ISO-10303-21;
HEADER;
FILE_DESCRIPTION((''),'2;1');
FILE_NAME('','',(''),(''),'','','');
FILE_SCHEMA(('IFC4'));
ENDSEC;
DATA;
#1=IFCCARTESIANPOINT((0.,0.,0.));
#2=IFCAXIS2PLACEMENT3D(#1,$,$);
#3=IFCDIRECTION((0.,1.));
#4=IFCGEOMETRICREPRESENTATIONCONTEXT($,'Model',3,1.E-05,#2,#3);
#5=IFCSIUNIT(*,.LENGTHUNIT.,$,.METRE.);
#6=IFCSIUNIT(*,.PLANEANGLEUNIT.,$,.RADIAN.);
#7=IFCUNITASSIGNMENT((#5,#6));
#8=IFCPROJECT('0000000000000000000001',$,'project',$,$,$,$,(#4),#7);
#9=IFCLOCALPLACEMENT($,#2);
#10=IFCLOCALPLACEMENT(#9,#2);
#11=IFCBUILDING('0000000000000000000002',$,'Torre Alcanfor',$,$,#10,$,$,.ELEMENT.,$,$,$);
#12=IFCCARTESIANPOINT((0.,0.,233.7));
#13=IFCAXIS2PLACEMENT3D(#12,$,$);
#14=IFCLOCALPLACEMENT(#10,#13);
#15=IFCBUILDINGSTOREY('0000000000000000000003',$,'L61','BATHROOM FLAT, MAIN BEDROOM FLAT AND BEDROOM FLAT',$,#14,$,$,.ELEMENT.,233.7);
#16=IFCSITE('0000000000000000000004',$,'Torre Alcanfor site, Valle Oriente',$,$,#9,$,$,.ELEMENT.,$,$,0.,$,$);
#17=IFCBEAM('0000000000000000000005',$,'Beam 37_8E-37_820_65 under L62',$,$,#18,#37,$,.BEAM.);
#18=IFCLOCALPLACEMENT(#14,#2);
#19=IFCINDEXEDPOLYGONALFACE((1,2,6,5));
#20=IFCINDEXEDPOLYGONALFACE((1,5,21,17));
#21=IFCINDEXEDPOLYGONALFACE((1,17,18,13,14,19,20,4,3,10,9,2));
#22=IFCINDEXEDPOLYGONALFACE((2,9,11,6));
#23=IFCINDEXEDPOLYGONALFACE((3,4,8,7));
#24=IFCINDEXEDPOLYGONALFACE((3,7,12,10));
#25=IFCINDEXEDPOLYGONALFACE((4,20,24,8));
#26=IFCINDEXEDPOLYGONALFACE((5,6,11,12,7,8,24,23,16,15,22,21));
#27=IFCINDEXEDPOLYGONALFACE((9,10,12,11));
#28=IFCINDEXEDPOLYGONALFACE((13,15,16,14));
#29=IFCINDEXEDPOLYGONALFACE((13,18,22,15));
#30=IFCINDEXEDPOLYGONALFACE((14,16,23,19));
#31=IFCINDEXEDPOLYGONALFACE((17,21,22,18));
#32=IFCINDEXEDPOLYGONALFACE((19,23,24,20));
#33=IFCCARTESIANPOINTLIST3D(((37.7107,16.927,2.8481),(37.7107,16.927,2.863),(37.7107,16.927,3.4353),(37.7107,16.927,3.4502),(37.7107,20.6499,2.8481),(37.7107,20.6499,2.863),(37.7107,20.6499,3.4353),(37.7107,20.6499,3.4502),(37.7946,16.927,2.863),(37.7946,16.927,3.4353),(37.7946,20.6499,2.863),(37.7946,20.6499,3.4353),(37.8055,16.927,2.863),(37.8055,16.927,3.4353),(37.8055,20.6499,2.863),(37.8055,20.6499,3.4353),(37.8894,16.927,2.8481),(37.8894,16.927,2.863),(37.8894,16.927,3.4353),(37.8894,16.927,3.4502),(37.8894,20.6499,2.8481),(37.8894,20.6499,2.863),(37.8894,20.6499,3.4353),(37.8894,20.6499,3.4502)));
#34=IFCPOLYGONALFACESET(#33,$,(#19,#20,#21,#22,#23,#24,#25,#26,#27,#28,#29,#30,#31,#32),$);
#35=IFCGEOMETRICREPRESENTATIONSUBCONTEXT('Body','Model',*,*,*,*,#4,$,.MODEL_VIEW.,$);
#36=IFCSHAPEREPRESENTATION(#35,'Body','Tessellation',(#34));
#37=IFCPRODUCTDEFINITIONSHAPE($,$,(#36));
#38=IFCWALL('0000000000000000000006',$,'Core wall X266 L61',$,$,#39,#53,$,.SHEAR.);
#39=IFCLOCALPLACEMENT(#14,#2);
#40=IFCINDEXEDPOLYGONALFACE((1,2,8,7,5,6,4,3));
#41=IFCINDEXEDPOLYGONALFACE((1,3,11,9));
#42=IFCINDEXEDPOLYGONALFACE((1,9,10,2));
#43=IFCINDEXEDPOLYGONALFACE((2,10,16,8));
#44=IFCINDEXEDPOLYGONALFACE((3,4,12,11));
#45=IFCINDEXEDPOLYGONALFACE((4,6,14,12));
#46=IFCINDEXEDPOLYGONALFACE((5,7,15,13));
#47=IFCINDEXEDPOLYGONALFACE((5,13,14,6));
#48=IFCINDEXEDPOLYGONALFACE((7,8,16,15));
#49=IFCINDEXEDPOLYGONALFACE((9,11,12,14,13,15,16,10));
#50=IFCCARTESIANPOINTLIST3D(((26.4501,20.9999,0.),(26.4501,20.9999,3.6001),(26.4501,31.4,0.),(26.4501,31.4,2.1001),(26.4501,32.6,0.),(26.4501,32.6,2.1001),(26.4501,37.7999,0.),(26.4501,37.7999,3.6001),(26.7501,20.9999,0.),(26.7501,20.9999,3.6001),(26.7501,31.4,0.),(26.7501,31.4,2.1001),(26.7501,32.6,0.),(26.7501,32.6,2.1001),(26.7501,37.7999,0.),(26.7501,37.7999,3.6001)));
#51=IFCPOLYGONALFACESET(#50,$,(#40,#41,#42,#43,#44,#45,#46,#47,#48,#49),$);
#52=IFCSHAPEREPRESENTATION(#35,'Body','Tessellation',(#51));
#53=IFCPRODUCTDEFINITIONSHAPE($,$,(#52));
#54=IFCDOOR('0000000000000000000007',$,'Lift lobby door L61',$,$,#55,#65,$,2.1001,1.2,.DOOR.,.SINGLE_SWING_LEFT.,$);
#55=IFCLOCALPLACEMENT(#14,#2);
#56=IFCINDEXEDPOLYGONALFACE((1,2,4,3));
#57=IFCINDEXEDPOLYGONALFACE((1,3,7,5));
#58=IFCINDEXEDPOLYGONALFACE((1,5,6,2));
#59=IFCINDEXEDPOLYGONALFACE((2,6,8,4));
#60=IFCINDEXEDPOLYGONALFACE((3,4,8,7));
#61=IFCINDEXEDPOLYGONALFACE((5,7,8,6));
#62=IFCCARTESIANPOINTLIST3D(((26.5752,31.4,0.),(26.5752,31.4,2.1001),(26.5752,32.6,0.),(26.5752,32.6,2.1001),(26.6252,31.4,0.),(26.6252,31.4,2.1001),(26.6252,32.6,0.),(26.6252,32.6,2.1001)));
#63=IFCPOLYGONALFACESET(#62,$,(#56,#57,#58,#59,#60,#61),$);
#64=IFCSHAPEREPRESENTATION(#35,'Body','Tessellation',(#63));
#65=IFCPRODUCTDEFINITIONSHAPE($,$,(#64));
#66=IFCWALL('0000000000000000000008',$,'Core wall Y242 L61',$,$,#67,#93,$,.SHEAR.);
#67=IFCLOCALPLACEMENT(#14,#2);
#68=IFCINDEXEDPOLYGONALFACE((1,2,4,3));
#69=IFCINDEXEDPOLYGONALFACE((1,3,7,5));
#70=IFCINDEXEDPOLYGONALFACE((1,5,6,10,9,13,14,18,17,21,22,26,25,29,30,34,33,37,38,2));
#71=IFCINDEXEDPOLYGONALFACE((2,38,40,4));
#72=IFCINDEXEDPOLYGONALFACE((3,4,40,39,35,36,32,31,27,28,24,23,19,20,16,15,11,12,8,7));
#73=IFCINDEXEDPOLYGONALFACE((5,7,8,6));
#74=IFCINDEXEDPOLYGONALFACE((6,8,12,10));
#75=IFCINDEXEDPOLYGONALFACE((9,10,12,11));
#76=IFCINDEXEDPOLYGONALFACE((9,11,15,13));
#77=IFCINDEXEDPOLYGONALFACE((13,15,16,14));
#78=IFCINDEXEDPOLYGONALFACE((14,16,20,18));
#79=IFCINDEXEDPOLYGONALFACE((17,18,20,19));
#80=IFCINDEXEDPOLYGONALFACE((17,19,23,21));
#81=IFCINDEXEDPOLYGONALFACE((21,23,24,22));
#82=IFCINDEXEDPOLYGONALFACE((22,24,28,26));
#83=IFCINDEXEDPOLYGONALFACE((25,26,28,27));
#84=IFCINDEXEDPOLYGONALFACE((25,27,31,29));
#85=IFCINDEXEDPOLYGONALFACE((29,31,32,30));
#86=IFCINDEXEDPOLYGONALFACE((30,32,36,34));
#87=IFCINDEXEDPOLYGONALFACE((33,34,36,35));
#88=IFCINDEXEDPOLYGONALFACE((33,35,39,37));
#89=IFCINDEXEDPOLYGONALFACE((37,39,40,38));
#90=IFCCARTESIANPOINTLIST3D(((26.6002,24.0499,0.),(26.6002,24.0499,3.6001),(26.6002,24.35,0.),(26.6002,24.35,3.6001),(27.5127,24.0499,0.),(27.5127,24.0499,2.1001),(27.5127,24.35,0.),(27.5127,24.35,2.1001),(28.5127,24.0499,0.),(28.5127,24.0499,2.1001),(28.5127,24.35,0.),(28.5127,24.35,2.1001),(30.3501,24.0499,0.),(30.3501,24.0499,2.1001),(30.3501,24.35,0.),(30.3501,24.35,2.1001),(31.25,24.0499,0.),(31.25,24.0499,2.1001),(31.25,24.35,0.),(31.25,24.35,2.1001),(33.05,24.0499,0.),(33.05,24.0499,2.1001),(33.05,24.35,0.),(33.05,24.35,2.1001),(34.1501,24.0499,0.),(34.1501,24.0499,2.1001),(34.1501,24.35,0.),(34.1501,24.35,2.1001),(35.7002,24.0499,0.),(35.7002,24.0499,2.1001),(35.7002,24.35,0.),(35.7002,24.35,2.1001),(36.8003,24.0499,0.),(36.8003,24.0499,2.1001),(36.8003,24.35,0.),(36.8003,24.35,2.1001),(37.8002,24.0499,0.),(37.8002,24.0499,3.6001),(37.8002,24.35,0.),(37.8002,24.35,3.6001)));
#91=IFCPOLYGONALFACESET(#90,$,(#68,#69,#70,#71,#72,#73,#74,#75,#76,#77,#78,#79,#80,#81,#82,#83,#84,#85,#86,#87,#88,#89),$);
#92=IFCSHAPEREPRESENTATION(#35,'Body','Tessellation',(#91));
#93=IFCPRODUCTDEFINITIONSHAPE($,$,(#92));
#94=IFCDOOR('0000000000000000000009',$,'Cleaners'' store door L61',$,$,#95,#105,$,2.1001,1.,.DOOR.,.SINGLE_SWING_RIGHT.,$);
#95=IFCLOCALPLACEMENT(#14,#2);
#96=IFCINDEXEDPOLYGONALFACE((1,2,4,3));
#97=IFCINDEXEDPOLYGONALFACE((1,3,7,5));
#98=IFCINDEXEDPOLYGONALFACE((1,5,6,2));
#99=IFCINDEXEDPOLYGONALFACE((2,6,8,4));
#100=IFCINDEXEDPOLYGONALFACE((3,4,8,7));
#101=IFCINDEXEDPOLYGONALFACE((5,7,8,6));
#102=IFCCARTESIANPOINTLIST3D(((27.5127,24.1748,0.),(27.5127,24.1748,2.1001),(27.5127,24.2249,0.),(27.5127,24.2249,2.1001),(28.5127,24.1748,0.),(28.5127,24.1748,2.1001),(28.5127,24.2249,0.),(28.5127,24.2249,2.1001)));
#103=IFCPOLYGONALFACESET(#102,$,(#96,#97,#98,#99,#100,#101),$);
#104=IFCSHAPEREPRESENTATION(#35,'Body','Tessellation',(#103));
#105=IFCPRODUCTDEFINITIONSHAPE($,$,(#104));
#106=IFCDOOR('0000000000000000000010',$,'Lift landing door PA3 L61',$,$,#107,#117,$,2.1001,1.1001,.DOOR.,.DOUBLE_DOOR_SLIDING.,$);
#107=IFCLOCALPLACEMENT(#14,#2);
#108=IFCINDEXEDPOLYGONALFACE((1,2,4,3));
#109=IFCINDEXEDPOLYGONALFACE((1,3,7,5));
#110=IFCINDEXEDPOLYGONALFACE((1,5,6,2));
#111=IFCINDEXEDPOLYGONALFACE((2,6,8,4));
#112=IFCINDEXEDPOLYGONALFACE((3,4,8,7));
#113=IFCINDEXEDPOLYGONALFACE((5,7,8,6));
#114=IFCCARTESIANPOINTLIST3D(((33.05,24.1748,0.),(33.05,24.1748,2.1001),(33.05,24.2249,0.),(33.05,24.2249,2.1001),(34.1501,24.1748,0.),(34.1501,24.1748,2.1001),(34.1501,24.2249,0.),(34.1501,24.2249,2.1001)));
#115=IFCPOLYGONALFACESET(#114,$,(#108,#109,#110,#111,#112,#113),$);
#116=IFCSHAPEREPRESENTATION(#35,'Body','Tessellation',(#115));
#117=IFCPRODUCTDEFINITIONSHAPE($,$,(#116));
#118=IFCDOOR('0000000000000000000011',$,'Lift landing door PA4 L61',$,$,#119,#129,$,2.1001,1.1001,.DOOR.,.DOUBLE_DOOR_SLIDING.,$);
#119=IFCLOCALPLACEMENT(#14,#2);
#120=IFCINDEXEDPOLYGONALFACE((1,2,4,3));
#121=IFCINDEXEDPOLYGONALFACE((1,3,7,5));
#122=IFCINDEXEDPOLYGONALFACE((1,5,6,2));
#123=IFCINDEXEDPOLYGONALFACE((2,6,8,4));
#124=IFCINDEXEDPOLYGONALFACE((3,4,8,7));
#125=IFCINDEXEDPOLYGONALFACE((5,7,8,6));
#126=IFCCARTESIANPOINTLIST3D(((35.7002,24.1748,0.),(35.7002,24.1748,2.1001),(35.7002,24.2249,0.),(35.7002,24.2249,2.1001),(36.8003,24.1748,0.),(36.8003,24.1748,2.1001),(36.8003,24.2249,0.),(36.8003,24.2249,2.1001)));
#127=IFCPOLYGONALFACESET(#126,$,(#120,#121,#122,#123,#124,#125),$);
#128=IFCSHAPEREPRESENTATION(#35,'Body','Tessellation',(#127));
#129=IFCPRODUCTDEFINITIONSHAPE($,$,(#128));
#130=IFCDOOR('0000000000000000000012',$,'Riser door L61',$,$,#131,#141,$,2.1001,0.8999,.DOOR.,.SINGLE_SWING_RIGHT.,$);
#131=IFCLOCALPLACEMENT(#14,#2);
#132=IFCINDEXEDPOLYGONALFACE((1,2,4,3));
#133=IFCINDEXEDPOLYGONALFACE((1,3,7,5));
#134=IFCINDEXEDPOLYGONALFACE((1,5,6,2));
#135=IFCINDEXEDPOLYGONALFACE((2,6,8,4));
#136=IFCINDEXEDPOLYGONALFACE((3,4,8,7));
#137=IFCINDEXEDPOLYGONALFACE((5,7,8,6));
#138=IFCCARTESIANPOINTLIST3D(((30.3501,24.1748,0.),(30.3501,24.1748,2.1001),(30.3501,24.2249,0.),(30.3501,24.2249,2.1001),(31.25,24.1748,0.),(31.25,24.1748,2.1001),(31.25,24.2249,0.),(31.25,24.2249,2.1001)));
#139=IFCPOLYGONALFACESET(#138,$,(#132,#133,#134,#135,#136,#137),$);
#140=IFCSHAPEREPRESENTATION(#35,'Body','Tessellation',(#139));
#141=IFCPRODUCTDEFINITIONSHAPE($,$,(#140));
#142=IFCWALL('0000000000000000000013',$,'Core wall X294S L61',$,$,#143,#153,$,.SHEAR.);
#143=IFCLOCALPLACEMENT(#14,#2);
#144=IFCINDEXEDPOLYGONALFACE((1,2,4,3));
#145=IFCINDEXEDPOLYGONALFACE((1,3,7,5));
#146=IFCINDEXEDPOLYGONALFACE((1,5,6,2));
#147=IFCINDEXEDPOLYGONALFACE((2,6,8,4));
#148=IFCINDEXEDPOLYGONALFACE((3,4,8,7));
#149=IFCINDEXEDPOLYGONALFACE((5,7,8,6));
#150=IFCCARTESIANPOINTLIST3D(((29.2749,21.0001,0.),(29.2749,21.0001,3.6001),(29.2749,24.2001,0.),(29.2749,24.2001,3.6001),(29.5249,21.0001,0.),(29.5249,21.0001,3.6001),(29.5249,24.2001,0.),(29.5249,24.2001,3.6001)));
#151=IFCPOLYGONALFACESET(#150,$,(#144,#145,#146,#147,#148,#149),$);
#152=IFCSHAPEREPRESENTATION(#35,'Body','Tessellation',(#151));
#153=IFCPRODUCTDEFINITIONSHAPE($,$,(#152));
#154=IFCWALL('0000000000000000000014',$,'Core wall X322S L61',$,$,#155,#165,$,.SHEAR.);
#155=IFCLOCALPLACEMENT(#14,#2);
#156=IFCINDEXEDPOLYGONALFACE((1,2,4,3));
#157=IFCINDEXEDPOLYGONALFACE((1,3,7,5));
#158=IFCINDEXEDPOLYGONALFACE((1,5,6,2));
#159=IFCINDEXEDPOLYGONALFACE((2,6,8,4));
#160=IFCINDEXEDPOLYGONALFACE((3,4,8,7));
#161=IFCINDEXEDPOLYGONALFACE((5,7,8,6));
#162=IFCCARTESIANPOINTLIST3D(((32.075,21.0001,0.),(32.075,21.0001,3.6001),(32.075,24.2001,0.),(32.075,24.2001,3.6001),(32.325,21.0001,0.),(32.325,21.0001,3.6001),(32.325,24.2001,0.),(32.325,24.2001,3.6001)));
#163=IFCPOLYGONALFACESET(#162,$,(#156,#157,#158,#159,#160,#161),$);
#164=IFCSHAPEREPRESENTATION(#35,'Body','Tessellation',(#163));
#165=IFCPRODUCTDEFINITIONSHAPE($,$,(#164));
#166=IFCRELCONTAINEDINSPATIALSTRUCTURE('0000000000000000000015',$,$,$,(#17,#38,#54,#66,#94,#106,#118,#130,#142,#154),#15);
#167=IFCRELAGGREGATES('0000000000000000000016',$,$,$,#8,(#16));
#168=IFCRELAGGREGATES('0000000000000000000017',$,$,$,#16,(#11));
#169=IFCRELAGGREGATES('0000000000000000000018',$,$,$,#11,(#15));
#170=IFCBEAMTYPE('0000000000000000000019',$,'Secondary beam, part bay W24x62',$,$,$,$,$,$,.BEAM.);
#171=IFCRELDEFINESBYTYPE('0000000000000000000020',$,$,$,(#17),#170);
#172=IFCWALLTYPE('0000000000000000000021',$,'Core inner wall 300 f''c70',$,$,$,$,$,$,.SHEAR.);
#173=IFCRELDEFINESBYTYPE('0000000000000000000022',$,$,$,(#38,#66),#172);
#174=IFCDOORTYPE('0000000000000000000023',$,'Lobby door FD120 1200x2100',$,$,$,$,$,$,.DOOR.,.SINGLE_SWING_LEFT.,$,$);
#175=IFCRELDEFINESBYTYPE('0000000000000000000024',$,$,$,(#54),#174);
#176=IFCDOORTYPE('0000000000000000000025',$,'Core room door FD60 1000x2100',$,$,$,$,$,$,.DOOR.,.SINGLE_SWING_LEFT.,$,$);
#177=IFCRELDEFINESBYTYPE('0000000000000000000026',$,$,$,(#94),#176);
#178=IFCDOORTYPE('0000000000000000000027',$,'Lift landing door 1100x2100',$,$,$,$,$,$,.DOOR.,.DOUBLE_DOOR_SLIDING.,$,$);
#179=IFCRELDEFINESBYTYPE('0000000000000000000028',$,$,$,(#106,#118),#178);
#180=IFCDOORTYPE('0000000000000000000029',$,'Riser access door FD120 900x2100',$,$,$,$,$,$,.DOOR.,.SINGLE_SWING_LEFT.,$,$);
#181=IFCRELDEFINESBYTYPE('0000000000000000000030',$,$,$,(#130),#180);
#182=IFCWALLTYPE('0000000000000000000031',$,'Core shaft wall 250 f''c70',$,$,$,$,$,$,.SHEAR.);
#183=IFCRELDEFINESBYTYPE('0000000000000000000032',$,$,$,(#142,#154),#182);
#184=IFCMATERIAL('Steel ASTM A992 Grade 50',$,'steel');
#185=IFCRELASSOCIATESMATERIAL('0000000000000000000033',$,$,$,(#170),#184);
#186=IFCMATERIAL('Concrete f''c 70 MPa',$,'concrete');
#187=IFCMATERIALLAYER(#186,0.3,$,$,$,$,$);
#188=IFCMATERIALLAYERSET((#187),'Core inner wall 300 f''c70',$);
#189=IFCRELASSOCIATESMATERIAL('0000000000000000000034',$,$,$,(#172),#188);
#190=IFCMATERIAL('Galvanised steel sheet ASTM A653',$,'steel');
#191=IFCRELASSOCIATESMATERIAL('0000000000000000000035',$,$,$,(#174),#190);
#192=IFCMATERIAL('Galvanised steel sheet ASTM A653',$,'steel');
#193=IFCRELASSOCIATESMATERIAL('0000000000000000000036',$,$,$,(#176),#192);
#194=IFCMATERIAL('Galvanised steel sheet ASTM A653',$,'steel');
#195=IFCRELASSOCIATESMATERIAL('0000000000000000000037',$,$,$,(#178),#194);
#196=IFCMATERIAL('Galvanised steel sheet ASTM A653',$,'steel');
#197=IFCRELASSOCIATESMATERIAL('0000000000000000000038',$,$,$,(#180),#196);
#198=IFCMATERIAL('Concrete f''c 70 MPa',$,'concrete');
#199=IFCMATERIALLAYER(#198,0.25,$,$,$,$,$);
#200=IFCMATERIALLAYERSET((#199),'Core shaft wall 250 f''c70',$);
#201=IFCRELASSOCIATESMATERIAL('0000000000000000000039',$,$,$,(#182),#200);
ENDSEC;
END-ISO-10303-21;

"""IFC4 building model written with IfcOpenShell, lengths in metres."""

from ifc_helpers import new_model, si_unit, direction, frame, frame_2d, origin, origin_2d, place, context, subcontext, project, spatial, rectangle, i_section, extrude, material, layer, layer_set, material_profile, profile_set, type_object, element, fill, save


model = new_model("IFC4")

# Units and contexts
model_context = context("Model", 3, precision=1e-05, world=origin(), true_north=direction((0.0, 1.0)))
body_context = subcontext(model_context, "Body", "Model", "MODEL_VIEW")
ifc_project = project(units=[si_unit("LENGTHUNIT", "METRE"), si_unit("PLANEANGLEUNIT", "RADIAN")], contexts=[model_context])

# Site, building, storey
site_placement = place(None, origin())
site = spatial("IfcSite", under=ifc_project, at=site_placement, Name="Torre Alcanfor site, Valle Oriente", CompositionType="ELEMENT", RefElevation=0.0)
building_placement = place(site_placement, origin())
building = spatial("IfcBuilding", under=site, at=building_placement, Name="Torre Alcanfor", CompositionType="ELEMENT")
storey_placement = place(building_placement, frame((0.0, 0.0, 233.7)))
storey = spatial("IfcBuildingStorey", under=building, at=storey_placement, Name="L61", Description="BATHROOM FLAT, MAIN BEDROOM FLAT AND BEDROOM FLAT", CompositionType="ELEMENT", Elevation=233.7)

# Beam
ifc_material_1 = material(Name="Steel ASTM A992 Grade 50", Category="steel")
ifc_material_profile = material_profile(ifc_material_1, i_section(OverallWidth=0.1787, OverallDepth=0.6021, WebThickness=0.011, FlangeThickness=0.0149, at=origin_2d()), Name="W24x62")
ifc_profile_set = profile_set([ifc_material_profile], Name="Steel ASTM A992 Grade 50")
beam_type = type_object("IfcBeamType", Name="Secondary beam, part bay W24x62", PredefinedType="BEAM", material=ifc_profile_set)
beam_placement = place(storey_placement, frame((37.8, 16.927, 3.1492), z_axis=(0.0, 1.0, 0.0), x_axis=(-1.0, 0.0, 0.0)))
element("IfcBeam", 1, at=beam_placement, inside=storey, type_object=beam_type, Name="Beam 37_8E-37_820_65 under L62", PredefinedType="BEAM", context=body_context, shape_type="SweptSolid", body=[
    extrude(i_section(OverallWidth=0.1787, OverallDepth=0.6021, WebThickness=0.011, FlangeThickness=0.0149, at=origin_2d()), origin(), (0.0, 0.0, 1.0), 3.7229),
])

# Wall, opening, door
ifc_material_2 = material(Name="Concrete f'c 70 MPa", Category="concrete")
ifc_layer_1 = layer(ifc_material_2, 0.3)
ifc_layer_set_1 = layer_set([ifc_layer_1], Name="Core inner wall 300 f'c70")
wall_type_1 = type_object("IfcWallType", Name="Core inner wall 300 f'c70", PredefinedType="SHEAR", material=ifc_layer_set_1)
wall_1_placement = place(storey_placement, frame((26.6001, 21.0, 0.0), z_axis=(0.0, 0.0, 1.0), x_axis=(0.0, 1.0, 0.0)))
wall_1 = element("IfcWall", 2, at=wall_1_placement, inside=storey, type_object=wall_type_1, Name="Core wall X266 L61", PredefinedType="SHEAR", context=body_context, shape_type="SweptSolid", body=[
    extrude(rectangle(XDim=16.8, YDim=0.3, at=frame_2d((8.3999, 0.0))), origin(), (0.0, 0.0, 1.0), 3.6001),
])
opening_1_placement = place(wall_1_placement, frame((10.3999, 0.0, 0.0)))
opening_1 = element("IfcOpeningElement", 3, at=opening_1_placement, cuts=wall_1, PredefinedType="OPENING", context=body_context, shape_type="SweptSolid", body=[
    extrude(rectangle(XDim=1.2, YDim=2.1001, at=frame_2d((0.6001, 1.05))), frame((0.0, 0.1599, 0.0), z_axis=(0.0, -1.0, 0.0), x_axis=(1.0, 0.0, 0.0)), (0.0, 0.0, 1.0), 0.3201),
])
ifc_material_3 = material(Name="Galvanised steel sheet ASTM A653", Category="steel")
door_type_1 = type_object("IfcDoorType", Name="Lobby door FD120 1200x2100", OperationType="SINGLE_SWING_LEFT", PredefinedType="DOOR", material=ifc_material_3)
door_1_placement = place(opening_1_placement, origin())
door_1 = element("IfcDoor", 4, at=door_1_placement, inside=storey, type_object=door_type_1, Name="Lift lobby door L61", OperationType="SINGLE_SWING_LEFT", OverallHeight=2.1001, OverallWidth=1.2, PredefinedType="DOOR", context=body_context, shape_type="SweptSolid", body=[
    extrude(rectangle(XDim=1.2, YDim=2.1001, at=frame_2d((0.6001, 1.05))), frame((0.0, 0.0249, 0.0), z_axis=(0.0, -1.0, 0.0), x_axis=(1.0, 0.0, 0.0)), (0.0, 0.0, 1.0), 0.05),
])
fill(opening_1, door_1)

# Wall, openings, doors
wall_2_placement = place(storey_placement, frame((26.6001, 24.2, 0.0), z_axis=(0.0, 0.0, 1.0), x_axis=(1.0, 0.0, 0.0)))
wall_2 = element("IfcWall", 5, at=wall_2_placement, inside=storey, type_object=wall_type_1, Name="Core wall Y242 L61", PredefinedType="SHEAR", context=body_context, shape_type="SweptSolid", body=[
    extrude(rectangle(XDim=11.2, YDim=0.3, at=frame_2d((5.6001, 0.0))), origin(), (0.0, 0.0, 1.0), 3.6001),
])
opening_2_placement = place(wall_2_placement, frame((0.9126, 0.0, 0.0)))
opening_2 = element("IfcOpeningElement", 6, at=opening_2_placement, cuts=wall_2, PredefinedType="OPENING", context=body_context, shape_type="SweptSolid", body=[
    extrude(rectangle(XDim=1.0, YDim=2.1001, at=frame_2d((0.5, 1.05))), frame((0.0, 0.1599, 0.0), z_axis=(0.0, -1.0, 0.0), x_axis=(1.0, 0.0, 0.0)), (0.0, 0.0, 1.0), 0.3201),
])
opening_3_placement = place(wall_2_placement, frame((3.75, 0.0, 0.0)))
opening_3 = element("IfcOpeningElement", 7, at=opening_3_placement, cuts=wall_2, PredefinedType="OPENING", context=body_context, shape_type="SweptSolid", body=[
    extrude(rectangle(XDim=0.8999, YDim=2.1001, at=frame_2d((0.45, 1.05))), frame((0.0, 0.1599, 0.0), z_axis=(0.0, -1.0, 0.0), x_axis=(1.0, 0.0, 0.0)), (0.0, 0.0, 1.0), 0.3201),
])
opening_4_placement = place(wall_2_placement, frame((6.45, 0.0, 0.0)))
opening_4 = element("IfcOpeningElement", 8, at=opening_4_placement, cuts=wall_2, PredefinedType="OPENING", context=body_context, shape_type="SweptSolid", body=[
    extrude(rectangle(XDim=1.1001, YDim=2.1001, at=frame_2d((0.55, 1.05))), frame((0.0, 0.1599, 0.0), z_axis=(0.0, -1.0, 0.0), x_axis=(1.0, 0.0, 0.0)), (0.0, 0.0, 1.0), 0.3201),
])
opening_5_placement = place(wall_2_placement, frame((9.1001, 0.0, 0.0)))
opening_5 = element("IfcOpeningElement", 9, at=opening_5_placement, cuts=wall_2, PredefinedType="OPENING", context=body_context, shape_type="SweptSolid", body=[
    extrude(rectangle(XDim=1.1001, YDim=2.1001, at=frame_2d((0.55, 1.05))), frame((0.0, 0.1599, 0.0), z_axis=(0.0, -1.0, 0.0), x_axis=(1.0, 0.0, 0.0)), (0.0, 0.0, 1.0), 0.3201),
])
ifc_material_4 = material(Name="Galvanised steel sheet ASTM A653", Category="steel")
door_type_2 = type_object("IfcDoorType", Name="Core room door FD60 1000x2100", OperationType="SINGLE_SWING_LEFT", PredefinedType="DOOR", material=ifc_material_4)
door_2_placement = place(opening_2_placement, frame((1.0, 0.0, 0.0), z_axis=(0.0, 0.0, 1.0), x_axis=(-1.0, 0.0, 0.0)))
door_2 = element("IfcDoor", 10, at=door_2_placement, inside=storey, type_object=door_type_2, Name="Cleaners' store door L61", OperationType="SINGLE_SWING_RIGHT", OverallHeight=2.1001, OverallWidth=1.0, PredefinedType="DOOR", context=body_context, shape_type="SweptSolid", body=[
    extrude(rectangle(XDim=1.0, YDim=2.1001, at=frame_2d((0.5, 1.05))), frame((0.0, 0.0251, 0.0), z_axis=(0.0, -1.0, 0.0), x_axis=(1.0, 0.0, 0.0)), (0.0, 0.0, 1.0), 0.05),
])
fill(opening_2, door_2)
ifc_material_5 = material(Name="Galvanised steel sheet ASTM A653", Category="steel")
door_type_3 = type_object("IfcDoorType", Name="Lift landing door 1100x2100", OperationType="DOUBLE_DOOR_SLIDING", PredefinedType="DOOR", material=ifc_material_5)
door_3_placement = place(opening_4_placement, origin())
door_3 = element("IfcDoor", 11, at=door_3_placement, inside=storey, type_object=door_type_3, Name="Lift landing door PA3 L61", OperationType="DOUBLE_DOOR_SLIDING", OverallHeight=2.1001, OverallWidth=1.1001, PredefinedType="DOOR", context=body_context, shape_type="SweptSolid", body=[
    extrude(rectangle(XDim=1.1001, YDim=2.1001, at=frame_2d((0.55, 1.05))), frame((0.0, 0.0249, 0.0), z_axis=(0.0, -1.0, 0.0), x_axis=(1.0, 0.0, 0.0)), (0.0, 0.0, 1.0), 0.05),
])
fill(opening_4, door_3)
door_4_placement = place(opening_5_placement, origin())
door_4 = element("IfcDoor", 12, at=door_4_placement, inside=storey, type_object=door_type_3, Name="Lift landing door PA4 L61", OperationType="DOUBLE_DOOR_SLIDING", OverallHeight=2.1001, OverallWidth=1.1001, PredefinedType="DOOR", context=body_context, shape_type="SweptSolid", body=[
    extrude(rectangle(XDim=1.1001, YDim=2.1001, at=frame_2d((0.55, 1.05))), frame((0.0, 0.0249, 0.0), z_axis=(0.0, -1.0, 0.0), x_axis=(1.0, 0.0, 0.0)), (0.0, 0.0, 1.0), 0.05),
])
fill(opening_5, door_4)
ifc_material_6 = material(Name="Galvanised steel sheet ASTM A653", Category="steel")
door_type_4 = type_object("IfcDoorType", Name="Riser access door FD120 900x2100", OperationType="SINGLE_SWING_LEFT", PredefinedType="DOOR", material=ifc_material_6)
door_5_placement = place(opening_3_placement, frame((0.8999, 0.0, 0.0), z_axis=(0.0, 0.0, 1.0), x_axis=(-1.0, 0.0, 0.0)))
door_5 = element("IfcDoor", 13, at=door_5_placement, inside=storey, type_object=door_type_4, Name="Riser door L61", OperationType="SINGLE_SWING_RIGHT", OverallHeight=2.1001, OverallWidth=0.8999, PredefinedType="DOOR", context=body_context, shape_type="SweptSolid", body=[
    extrude(rectangle(XDim=0.8999, YDim=2.1001, at=frame_2d((0.45, 1.05))), frame((0.0, 0.0251, 0.0), z_axis=(0.0, -1.0, 0.0), x_axis=(1.0, 0.0, 0.0)), (0.0, 0.0, 1.0), 0.05),
])
fill(opening_3, door_5)

# Walls
ifc_material_7 = material(Name="Concrete f'c 70 MPa", Category="concrete")
ifc_layer_2 = layer(ifc_material_7, 0.25)
ifc_layer_set_2 = layer_set([ifc_layer_2], Name="Core shaft wall 250 f'c70")
wall_type_2 = type_object("IfcWallType", Name="Core shaft wall 250 f'c70", PredefinedType="SHEAR", material=ifc_layer_set_2)
for number, where, z_axis, x_axis, name in (
    (14, (29.3999, 21.0, 0.0), (0.0, 0.0, 1.0), (0.0, 1.0, 0.0), "Core wall X294S L61"),
    (15, (32.2, 21.0, 0.0), (0.0, 0.0, 1.0), (0.0, 1.0, 0.0), "Core wall X322S L61"),
):
    element("IfcWall", number, at=place(storey_placement, frame(where, z_axis=z_axis, x_axis=x_axis)), inside=storey, type_object=wall_type_2, Name=name, PredefinedType="SHEAR", context=body_context, shape_type="SweptSolid", body=[
        extrude(rectangle(XDim=3.2, YDim=0.25, at=frame_2d((1.6001, 0.0))), origin(), (0.0, 0.0, 1.0), 3.6001),
    ])

save(model, "model.ifc")
